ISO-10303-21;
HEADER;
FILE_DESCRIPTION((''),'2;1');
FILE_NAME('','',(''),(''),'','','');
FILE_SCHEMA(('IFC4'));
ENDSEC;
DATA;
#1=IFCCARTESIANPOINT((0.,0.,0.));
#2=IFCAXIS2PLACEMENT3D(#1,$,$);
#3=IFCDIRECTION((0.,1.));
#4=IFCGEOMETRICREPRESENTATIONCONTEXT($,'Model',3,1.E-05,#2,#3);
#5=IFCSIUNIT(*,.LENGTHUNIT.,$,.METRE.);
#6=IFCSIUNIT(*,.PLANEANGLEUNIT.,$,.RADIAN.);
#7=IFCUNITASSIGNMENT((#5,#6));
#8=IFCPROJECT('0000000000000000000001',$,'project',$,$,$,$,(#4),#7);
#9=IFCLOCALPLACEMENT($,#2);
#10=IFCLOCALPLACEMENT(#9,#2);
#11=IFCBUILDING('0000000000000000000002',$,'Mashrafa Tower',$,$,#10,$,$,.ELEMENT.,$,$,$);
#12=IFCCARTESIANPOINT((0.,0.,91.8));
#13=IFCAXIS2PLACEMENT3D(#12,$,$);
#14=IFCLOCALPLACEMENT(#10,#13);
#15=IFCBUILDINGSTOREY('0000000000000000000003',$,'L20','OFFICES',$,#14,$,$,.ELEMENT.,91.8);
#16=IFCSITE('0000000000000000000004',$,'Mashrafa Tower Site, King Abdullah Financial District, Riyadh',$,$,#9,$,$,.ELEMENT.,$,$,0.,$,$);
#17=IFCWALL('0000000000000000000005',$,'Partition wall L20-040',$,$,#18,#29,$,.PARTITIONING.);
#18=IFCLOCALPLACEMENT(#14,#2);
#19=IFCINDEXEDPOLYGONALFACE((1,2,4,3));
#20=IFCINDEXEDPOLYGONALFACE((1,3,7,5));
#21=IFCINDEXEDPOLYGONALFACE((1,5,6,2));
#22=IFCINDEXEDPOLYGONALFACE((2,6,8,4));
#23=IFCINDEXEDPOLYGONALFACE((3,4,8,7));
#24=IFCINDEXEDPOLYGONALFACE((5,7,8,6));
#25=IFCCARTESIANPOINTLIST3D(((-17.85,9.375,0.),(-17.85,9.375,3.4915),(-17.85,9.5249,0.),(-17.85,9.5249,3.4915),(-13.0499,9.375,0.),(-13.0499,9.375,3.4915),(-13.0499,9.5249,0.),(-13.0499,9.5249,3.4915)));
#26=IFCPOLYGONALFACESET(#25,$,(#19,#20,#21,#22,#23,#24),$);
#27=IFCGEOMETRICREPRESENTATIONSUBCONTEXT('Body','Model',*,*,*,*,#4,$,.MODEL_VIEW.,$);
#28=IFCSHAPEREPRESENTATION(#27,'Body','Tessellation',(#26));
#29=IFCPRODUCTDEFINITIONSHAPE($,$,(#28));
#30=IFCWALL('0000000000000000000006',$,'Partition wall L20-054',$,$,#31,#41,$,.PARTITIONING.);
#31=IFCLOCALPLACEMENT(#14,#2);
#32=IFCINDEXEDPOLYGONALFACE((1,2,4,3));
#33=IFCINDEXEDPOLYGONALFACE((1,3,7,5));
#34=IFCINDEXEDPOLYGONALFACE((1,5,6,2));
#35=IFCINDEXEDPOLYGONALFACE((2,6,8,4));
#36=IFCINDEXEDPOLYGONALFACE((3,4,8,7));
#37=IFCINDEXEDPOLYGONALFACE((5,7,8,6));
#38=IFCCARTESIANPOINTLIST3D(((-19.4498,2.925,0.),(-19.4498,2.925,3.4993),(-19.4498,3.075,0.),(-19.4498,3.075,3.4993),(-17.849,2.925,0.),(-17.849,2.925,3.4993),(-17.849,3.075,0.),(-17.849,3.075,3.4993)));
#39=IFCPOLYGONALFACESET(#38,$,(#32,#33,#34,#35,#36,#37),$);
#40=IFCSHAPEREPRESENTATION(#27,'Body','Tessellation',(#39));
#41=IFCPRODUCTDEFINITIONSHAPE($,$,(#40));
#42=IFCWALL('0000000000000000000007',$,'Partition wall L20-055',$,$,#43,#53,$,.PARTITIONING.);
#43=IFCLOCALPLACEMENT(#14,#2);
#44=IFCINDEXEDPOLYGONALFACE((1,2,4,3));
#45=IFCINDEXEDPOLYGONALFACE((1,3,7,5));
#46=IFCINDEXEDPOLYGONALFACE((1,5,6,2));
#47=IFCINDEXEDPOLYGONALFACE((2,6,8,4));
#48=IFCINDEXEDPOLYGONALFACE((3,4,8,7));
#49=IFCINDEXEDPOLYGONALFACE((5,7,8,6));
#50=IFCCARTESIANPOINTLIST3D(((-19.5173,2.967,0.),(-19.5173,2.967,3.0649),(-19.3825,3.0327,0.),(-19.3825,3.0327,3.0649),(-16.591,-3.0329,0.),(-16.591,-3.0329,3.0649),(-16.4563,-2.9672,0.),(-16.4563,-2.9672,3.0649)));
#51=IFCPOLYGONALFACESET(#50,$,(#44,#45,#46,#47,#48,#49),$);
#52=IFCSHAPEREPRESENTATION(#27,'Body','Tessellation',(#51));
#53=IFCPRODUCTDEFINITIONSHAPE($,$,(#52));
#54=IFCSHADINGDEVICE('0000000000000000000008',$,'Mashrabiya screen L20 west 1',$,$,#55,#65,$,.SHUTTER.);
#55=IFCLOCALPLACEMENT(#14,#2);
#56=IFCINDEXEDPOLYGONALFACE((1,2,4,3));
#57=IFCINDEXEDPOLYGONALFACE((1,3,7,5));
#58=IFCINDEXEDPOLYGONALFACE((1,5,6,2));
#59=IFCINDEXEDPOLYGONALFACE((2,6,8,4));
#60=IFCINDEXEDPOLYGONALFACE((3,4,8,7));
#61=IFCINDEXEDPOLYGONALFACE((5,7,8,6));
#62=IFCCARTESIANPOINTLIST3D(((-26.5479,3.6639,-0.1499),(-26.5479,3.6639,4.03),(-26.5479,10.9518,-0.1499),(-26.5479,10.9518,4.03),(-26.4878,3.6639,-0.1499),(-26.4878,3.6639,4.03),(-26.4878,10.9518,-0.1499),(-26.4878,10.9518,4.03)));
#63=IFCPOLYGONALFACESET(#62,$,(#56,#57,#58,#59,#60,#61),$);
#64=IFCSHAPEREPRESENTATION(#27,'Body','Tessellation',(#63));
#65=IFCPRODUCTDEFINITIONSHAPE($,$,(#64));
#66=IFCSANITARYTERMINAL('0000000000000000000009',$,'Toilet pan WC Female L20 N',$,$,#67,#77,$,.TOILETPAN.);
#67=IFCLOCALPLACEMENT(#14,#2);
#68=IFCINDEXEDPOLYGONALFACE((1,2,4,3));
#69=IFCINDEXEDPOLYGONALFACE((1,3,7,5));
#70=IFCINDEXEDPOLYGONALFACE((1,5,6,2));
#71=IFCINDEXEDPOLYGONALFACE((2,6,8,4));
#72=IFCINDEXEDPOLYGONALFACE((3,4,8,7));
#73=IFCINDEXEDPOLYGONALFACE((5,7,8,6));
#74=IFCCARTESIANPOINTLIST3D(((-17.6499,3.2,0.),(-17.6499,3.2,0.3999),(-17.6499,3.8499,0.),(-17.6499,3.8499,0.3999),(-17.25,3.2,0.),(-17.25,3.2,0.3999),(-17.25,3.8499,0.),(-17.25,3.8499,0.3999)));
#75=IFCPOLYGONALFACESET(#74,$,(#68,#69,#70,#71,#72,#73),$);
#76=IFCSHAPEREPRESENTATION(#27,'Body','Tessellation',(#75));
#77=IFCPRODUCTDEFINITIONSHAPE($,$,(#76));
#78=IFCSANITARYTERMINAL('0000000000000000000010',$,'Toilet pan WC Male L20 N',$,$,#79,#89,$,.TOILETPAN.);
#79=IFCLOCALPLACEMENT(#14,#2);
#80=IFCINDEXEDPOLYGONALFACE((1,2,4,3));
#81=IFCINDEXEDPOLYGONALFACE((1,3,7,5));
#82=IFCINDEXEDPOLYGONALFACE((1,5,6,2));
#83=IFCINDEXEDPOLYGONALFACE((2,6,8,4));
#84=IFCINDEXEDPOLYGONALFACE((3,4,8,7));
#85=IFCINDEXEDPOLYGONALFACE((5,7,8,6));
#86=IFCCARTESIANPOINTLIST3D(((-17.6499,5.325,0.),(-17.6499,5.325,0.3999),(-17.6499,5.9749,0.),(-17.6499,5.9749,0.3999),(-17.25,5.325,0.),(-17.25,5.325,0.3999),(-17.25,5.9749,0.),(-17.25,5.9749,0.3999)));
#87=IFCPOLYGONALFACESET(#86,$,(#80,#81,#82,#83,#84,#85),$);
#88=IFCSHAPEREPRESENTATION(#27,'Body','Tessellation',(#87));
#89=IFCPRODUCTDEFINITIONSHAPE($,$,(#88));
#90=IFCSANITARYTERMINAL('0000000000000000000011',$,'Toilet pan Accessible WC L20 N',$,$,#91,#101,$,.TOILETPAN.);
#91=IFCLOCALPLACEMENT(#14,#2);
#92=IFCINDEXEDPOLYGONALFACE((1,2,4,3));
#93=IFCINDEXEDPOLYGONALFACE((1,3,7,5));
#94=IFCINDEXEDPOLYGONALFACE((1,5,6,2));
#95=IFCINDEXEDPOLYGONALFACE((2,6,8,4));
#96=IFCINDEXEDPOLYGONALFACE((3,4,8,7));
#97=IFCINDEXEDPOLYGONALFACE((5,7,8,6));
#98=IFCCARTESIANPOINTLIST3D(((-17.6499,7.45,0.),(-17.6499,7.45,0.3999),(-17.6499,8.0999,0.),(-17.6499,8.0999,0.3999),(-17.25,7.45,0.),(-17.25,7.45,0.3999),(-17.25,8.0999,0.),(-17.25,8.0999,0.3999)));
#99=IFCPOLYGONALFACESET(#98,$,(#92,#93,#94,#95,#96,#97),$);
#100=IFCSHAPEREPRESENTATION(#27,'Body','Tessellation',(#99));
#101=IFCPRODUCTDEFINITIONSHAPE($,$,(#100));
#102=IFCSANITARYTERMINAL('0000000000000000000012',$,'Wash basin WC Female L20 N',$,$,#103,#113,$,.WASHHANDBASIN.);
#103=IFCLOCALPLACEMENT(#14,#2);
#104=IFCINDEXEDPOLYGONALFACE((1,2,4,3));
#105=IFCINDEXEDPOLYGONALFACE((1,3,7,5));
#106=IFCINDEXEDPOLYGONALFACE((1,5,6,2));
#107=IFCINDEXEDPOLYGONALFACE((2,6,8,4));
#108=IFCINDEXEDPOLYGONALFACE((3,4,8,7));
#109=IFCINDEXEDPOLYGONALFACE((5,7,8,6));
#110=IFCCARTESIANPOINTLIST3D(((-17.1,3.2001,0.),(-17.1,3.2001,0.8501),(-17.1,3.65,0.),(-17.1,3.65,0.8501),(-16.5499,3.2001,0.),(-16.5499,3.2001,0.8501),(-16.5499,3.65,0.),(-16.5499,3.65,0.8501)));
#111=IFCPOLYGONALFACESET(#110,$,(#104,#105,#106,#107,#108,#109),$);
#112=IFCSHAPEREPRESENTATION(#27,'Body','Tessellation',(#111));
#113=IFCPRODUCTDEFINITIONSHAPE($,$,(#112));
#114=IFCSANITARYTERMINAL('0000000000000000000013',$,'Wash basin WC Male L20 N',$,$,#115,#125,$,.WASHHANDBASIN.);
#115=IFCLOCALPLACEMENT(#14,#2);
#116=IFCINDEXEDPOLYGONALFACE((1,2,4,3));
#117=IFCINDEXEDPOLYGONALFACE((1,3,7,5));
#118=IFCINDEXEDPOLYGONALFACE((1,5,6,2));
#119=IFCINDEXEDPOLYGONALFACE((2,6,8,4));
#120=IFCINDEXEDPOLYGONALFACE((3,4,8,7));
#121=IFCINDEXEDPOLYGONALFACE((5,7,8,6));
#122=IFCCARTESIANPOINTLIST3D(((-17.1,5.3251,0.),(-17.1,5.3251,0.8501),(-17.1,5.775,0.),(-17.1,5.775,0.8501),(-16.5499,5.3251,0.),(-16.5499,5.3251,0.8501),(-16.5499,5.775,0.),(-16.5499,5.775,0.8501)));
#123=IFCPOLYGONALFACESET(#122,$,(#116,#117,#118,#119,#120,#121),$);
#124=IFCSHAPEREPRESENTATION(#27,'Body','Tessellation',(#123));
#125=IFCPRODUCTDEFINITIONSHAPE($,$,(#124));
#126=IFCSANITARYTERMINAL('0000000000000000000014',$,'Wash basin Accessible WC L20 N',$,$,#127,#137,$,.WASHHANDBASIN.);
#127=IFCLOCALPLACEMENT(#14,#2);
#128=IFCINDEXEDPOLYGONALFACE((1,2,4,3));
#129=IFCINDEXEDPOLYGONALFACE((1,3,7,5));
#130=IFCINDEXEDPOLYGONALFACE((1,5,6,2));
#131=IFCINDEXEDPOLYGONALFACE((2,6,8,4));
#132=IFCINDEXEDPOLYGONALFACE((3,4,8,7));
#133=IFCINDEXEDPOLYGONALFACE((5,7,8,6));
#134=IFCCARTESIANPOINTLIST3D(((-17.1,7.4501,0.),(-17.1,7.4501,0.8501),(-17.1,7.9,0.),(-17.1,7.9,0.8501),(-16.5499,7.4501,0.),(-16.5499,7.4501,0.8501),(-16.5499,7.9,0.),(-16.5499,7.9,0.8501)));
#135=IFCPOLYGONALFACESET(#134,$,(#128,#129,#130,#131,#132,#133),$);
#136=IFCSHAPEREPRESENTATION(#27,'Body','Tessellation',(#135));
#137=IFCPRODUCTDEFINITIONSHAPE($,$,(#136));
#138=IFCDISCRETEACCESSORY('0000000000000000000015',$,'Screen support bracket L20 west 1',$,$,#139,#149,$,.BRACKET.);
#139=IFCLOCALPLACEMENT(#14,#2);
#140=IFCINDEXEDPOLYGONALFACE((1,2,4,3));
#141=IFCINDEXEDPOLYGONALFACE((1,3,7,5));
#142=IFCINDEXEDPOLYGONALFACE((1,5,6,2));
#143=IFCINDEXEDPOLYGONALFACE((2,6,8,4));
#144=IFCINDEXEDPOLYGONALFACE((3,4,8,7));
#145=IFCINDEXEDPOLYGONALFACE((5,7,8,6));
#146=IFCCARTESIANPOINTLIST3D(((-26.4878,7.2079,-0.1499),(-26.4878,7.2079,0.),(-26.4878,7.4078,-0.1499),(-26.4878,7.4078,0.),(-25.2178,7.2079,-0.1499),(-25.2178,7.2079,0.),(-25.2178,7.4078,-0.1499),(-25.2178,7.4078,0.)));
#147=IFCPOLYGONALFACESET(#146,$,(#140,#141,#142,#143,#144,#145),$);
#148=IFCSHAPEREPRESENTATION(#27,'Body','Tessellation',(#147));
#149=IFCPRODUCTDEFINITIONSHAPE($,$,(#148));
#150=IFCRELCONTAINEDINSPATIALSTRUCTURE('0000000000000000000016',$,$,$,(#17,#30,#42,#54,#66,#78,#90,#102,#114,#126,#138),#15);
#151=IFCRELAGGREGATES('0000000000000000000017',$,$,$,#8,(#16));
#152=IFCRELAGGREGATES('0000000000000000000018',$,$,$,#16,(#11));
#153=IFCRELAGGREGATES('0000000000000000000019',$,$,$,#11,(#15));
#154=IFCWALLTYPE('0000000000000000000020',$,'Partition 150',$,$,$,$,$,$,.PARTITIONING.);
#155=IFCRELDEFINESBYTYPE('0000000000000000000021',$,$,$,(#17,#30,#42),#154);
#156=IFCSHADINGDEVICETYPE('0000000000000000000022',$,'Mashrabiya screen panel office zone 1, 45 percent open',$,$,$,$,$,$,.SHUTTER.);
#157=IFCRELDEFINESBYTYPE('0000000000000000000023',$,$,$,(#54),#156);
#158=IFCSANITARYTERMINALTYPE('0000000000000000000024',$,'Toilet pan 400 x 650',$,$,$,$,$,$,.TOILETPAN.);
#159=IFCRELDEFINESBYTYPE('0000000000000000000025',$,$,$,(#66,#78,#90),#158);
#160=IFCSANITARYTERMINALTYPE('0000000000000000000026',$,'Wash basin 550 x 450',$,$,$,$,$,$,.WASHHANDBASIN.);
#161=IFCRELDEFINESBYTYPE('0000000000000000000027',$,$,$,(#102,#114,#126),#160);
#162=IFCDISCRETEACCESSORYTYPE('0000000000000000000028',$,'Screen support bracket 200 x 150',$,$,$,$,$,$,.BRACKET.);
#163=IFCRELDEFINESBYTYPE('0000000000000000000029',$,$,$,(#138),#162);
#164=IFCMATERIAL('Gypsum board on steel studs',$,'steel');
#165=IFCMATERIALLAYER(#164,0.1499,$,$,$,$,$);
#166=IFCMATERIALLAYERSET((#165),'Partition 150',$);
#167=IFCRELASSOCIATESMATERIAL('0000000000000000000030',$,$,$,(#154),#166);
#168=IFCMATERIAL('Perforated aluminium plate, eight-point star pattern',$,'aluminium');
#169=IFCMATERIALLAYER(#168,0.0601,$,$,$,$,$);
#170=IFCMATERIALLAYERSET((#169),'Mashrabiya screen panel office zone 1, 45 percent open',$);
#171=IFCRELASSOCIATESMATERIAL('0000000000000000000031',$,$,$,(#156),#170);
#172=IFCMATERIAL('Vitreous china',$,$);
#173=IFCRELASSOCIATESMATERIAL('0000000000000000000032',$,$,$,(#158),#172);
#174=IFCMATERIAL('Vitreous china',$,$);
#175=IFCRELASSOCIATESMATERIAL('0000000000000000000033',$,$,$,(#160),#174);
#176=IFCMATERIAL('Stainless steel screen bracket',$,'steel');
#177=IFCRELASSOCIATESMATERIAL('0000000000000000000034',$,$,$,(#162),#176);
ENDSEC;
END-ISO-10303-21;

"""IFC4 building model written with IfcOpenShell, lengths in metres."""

from ifc_helpers import new_model, si_unit, direction, frame, frame_2d, origin, origin_2d, place, context, subcontext, project, spatial, rectangle, extrude, source, transform, mapped, material, layer, layer_set, type_object, type_shapes, element, save


model = new_model("IFC4")

# Units and contexts
model_context = context("Model", 3, precision=1e-05, world=origin(), true_north=direction((0.0, 1.0)))
body_context = subcontext(model_context, "Body", "Model", "MODEL_VIEW")
ifc_project = project(units=[si_unit("LENGTHUNIT", "METRE"), si_unit("PLANEANGLEUNIT", "RADIAN")], contexts=[model_context])

# Site, building, storey
site_placement = place(None, origin())
site = spatial("IfcSite", under=ifc_project, at=site_placement, Name="Mashrafa Tower Site, King Abdullah Financial District, Riyadh", CompositionType="ELEMENT", RefElevation=0.0)
building_placement = place(site_placement, origin())
building = spatial("IfcBuilding", under=site, at=building_placement, Name="Mashrafa Tower", CompositionType="ELEMENT")
storey_placement = place(building_placement, frame((0.0, 0.0, 91.8)))
storey = spatial("IfcBuildingStorey", under=building, at=storey_placement, Name="L20", Description="OFFICES", CompositionType="ELEMENT", Elevation=91.8)

# Walls
ifc_material_1 = material(Name="Gypsum board on steel studs", Category="steel")
ifc_layer_1 = layer(ifc_material_1, 0.1499)
ifc_layer_set_1 = layer_set([ifc_layer_1], Name="Partition 150")
wall_type_1 = type_object("IfcWallType", Name="Partition 150", PredefinedType="PARTITIONING", material=ifc_layer_set_1)
for number, where, z_axis, x_axis, name in (
    (1, (-13.05, 9.45, 0.0), (0.0, 0.0, 1.0), (-1.0, 0.0, 0.0), "Partition wall L20-040"),
):
    element("IfcWall", number, at=place(storey_placement, frame(where, z_axis=z_axis, x_axis=x_axis)), inside=storey, type_object=wall_type_1, Name=name, PredefinedType="PARTITIONING", context=body_context, shape_type="SweptSolid", body=[
        extrude(rectangle(XDim=4.8, YDim=0.1499, at=frame_2d((2.3999, 0.0))), origin(), (0.0, 0.0, 1.0), 3.4915),
    ])
wall_1_placement = place(storey_placement, frame((-17.8491, 3.0, 0.0), z_axis=(0.0, 0.0, 1.0), x_axis=(-1.0, 0.0, 0.0)))
element("IfcWall", 2, at=wall_1_placement, inside=storey, type_object=wall_type_1, Name="Partition wall L20-054", PredefinedType="PARTITIONING", context=body_context, shape_type="SweptSolid", body=[
    extrude(rectangle(XDim=1.6008, YDim=0.1499, at=frame_2d((0.8003, 0.0))), origin(), (0.0, 0.0, 1.0), 3.4993),
])
wall_2_placement = place(storey_placement, frame((-19.45, 3.0, 0.0), z_axis=(0.0, 0.0, 1.0), x_axis=(0.438356, -0.898801, 0.0)))
element("IfcWall", 3, at=wall_2_placement, inside=storey, type_object=wall_type_1, Name="Partition wall L20-055", PredefinedType="PARTITIONING", context=body_context, shape_type="SweptSolid", body=[
    extrude(rectangle(XDim=6.6755, YDim=0.1499, at=frame_2d((3.3379, 0.0))), origin(), (0.0, 0.0, 1.0), 3.0649),
])

# Shading device
ifc_material_2 = material(Name="Perforated aluminium plate, eight-point star pattern", Category="aluminium")
ifc_layer_2 = layer(ifc_material_2, 0.0601)
ifc_layer_set_2 = layer_set([ifc_layer_2], Name="Mashrabiya screen panel office zone 1, 45 percent open")
shading_device_type = type_object("IfcShadingDeviceType", Name="Mashrabiya screen panel office zone 1, 45 percent open", PredefinedType="SHUTTER", material=ifc_layer_set_2)
shared_shape_1 = source(origin(), body_context, "Body", "SweptSolid", [
    extrude(rectangle(XDim=7.2878, YDim=0.0601, at=origin_2d()), origin(), (0.0, 0.0, 1.0), 4.1799),
])
type_shapes(shading_device_type, [shared_shape_1])
shading_device_placement = place(storey_placement, frame((-26.5178, 7.3079, -0.1499), z_axis=(0.0, 0.0, 1.0), x_axis=(0.0, -1.0, 0.0)))
element("IfcShadingDevice", 4, at=shading_device_placement, inside=storey, type_object=shading_device_type, Name="Mashrabiya screen L20 west 1", PredefinedType="SHUTTER", context=body_context, shape_type="MappedRepresentation", body=[
    mapped(shared_shape_1, transform((0.0, 0.0, 0.0))),
])

# Sanitary terminals
ifc_material_3 = material(Name="Vitreous china")
sanitary_terminal_type_1 = type_object("IfcSanitaryTerminalType", Name="Toilet pan 400 x 650", PredefinedType="TOILETPAN", material=ifc_material_3)
for number, where, z_axis, x_axis, name in (
    (5, (-17.45, 3.5249, 0.0), (0.0, 0.0, 1.0), (1.0, 0.0, 0.0), "Toilet pan WC Female L20 N"),
    (6, (-17.45, 5.6499, 0.0), (0.0, 0.0, 1.0), (1.0, 0.0, 0.0), "Toilet pan WC Male L20 N"),
    (7, (-17.45, 7.7749, 0.0), (0.0, 0.0, 1.0), (1.0, 0.0, 0.0), "Toilet pan Accessible WC L20 N"),
):
    element("IfcSanitaryTerminal", number, at=place(storey_placement, frame(where, z_axis=z_axis, x_axis=x_axis)), inside=storey, type_object=sanitary_terminal_type_1, Name=name, PredefinedType="TOILETPAN", context=body_context, shape_type="SweptSolid", body=[
        extrude(rectangle(XDim=0.3999, YDim=0.6499, at=origin_2d()), origin(), (0.0, 0.0, 1.0), 0.3999),
    ])
ifc_material_4 = material(Name="Vitreous china")
sanitary_terminal_type_2 = type_object("IfcSanitaryTerminalType", Name="Wash basin 550 x 450", PredefinedType="WASHHANDBASIN", material=ifc_material_4)
for number, where, z_axis, x_axis, name in (
    (8, (-16.825, 3.425, 0.0), (0.0, 0.0, 1.0), (1.0, 0.0, 0.0), "Wash basin WC Female L20 N"),
    (9, (-16.825, 5.55, 0.0), (0.0, 0.0, 1.0), (1.0, 0.0, 0.0), "Wash basin WC Male L20 N"),
    (10, (-16.825, 7.675, 0.0), (0.0, 0.0, 1.0), (1.0, 0.0, 0.0), "Wash basin Accessible WC L20 N"),
):
    element("IfcSanitaryTerminal", number, at=place(storey_placement, frame(where, z_axis=z_axis, x_axis=x_axis)), inside=storey, type_object=sanitary_terminal_type_2, Name=name, PredefinedType="WASHHANDBASIN", context=body_context, shape_type="SweptSolid", body=[
        extrude(rectangle(XDim=0.55, YDim=0.45, at=origin_2d()), origin(), (0.0, 0.0, 1.0), 0.8501),
    ])

# Discrete accessory
ifc_material_5 = material(Name="Stainless steel screen bracket", Category="steel")
discrete_accessory_type = type_object("IfcDiscreteAccessoryType", Name="Screen support bracket 200 x 150", PredefinedType="BRACKET", material=ifc_material_5)
shared_shape_2 = source(origin(), body_context, "Body", "SweptSolid", [
    extrude(rectangle(XDim=0.2, YDim=1.27, at=origin_2d()), origin(), (0.0, 0.0, 1.0), 0.1499),
])
type_shapes(discrete_accessory_type, [shared_shape_2])
discrete_accessory_placement = place(storey_placement, frame((-25.8528, 7.3079, -0.1499), z_axis=(0.0, 0.0, 1.0), x_axis=(0.0, -1.0, 0.0)))
element("IfcDiscreteAccessory", 11, at=discrete_accessory_placement, inside=storey, type_object=discrete_accessory_type, Name="Screen support bracket L20 west 1", PredefinedType="BRACKET", context=body_context, shape_type="MappedRepresentation", body=[
    mapped(shared_shape_2, transform((0.0, 0.0, 0.0))),
])

save(model, "model.ifc")
